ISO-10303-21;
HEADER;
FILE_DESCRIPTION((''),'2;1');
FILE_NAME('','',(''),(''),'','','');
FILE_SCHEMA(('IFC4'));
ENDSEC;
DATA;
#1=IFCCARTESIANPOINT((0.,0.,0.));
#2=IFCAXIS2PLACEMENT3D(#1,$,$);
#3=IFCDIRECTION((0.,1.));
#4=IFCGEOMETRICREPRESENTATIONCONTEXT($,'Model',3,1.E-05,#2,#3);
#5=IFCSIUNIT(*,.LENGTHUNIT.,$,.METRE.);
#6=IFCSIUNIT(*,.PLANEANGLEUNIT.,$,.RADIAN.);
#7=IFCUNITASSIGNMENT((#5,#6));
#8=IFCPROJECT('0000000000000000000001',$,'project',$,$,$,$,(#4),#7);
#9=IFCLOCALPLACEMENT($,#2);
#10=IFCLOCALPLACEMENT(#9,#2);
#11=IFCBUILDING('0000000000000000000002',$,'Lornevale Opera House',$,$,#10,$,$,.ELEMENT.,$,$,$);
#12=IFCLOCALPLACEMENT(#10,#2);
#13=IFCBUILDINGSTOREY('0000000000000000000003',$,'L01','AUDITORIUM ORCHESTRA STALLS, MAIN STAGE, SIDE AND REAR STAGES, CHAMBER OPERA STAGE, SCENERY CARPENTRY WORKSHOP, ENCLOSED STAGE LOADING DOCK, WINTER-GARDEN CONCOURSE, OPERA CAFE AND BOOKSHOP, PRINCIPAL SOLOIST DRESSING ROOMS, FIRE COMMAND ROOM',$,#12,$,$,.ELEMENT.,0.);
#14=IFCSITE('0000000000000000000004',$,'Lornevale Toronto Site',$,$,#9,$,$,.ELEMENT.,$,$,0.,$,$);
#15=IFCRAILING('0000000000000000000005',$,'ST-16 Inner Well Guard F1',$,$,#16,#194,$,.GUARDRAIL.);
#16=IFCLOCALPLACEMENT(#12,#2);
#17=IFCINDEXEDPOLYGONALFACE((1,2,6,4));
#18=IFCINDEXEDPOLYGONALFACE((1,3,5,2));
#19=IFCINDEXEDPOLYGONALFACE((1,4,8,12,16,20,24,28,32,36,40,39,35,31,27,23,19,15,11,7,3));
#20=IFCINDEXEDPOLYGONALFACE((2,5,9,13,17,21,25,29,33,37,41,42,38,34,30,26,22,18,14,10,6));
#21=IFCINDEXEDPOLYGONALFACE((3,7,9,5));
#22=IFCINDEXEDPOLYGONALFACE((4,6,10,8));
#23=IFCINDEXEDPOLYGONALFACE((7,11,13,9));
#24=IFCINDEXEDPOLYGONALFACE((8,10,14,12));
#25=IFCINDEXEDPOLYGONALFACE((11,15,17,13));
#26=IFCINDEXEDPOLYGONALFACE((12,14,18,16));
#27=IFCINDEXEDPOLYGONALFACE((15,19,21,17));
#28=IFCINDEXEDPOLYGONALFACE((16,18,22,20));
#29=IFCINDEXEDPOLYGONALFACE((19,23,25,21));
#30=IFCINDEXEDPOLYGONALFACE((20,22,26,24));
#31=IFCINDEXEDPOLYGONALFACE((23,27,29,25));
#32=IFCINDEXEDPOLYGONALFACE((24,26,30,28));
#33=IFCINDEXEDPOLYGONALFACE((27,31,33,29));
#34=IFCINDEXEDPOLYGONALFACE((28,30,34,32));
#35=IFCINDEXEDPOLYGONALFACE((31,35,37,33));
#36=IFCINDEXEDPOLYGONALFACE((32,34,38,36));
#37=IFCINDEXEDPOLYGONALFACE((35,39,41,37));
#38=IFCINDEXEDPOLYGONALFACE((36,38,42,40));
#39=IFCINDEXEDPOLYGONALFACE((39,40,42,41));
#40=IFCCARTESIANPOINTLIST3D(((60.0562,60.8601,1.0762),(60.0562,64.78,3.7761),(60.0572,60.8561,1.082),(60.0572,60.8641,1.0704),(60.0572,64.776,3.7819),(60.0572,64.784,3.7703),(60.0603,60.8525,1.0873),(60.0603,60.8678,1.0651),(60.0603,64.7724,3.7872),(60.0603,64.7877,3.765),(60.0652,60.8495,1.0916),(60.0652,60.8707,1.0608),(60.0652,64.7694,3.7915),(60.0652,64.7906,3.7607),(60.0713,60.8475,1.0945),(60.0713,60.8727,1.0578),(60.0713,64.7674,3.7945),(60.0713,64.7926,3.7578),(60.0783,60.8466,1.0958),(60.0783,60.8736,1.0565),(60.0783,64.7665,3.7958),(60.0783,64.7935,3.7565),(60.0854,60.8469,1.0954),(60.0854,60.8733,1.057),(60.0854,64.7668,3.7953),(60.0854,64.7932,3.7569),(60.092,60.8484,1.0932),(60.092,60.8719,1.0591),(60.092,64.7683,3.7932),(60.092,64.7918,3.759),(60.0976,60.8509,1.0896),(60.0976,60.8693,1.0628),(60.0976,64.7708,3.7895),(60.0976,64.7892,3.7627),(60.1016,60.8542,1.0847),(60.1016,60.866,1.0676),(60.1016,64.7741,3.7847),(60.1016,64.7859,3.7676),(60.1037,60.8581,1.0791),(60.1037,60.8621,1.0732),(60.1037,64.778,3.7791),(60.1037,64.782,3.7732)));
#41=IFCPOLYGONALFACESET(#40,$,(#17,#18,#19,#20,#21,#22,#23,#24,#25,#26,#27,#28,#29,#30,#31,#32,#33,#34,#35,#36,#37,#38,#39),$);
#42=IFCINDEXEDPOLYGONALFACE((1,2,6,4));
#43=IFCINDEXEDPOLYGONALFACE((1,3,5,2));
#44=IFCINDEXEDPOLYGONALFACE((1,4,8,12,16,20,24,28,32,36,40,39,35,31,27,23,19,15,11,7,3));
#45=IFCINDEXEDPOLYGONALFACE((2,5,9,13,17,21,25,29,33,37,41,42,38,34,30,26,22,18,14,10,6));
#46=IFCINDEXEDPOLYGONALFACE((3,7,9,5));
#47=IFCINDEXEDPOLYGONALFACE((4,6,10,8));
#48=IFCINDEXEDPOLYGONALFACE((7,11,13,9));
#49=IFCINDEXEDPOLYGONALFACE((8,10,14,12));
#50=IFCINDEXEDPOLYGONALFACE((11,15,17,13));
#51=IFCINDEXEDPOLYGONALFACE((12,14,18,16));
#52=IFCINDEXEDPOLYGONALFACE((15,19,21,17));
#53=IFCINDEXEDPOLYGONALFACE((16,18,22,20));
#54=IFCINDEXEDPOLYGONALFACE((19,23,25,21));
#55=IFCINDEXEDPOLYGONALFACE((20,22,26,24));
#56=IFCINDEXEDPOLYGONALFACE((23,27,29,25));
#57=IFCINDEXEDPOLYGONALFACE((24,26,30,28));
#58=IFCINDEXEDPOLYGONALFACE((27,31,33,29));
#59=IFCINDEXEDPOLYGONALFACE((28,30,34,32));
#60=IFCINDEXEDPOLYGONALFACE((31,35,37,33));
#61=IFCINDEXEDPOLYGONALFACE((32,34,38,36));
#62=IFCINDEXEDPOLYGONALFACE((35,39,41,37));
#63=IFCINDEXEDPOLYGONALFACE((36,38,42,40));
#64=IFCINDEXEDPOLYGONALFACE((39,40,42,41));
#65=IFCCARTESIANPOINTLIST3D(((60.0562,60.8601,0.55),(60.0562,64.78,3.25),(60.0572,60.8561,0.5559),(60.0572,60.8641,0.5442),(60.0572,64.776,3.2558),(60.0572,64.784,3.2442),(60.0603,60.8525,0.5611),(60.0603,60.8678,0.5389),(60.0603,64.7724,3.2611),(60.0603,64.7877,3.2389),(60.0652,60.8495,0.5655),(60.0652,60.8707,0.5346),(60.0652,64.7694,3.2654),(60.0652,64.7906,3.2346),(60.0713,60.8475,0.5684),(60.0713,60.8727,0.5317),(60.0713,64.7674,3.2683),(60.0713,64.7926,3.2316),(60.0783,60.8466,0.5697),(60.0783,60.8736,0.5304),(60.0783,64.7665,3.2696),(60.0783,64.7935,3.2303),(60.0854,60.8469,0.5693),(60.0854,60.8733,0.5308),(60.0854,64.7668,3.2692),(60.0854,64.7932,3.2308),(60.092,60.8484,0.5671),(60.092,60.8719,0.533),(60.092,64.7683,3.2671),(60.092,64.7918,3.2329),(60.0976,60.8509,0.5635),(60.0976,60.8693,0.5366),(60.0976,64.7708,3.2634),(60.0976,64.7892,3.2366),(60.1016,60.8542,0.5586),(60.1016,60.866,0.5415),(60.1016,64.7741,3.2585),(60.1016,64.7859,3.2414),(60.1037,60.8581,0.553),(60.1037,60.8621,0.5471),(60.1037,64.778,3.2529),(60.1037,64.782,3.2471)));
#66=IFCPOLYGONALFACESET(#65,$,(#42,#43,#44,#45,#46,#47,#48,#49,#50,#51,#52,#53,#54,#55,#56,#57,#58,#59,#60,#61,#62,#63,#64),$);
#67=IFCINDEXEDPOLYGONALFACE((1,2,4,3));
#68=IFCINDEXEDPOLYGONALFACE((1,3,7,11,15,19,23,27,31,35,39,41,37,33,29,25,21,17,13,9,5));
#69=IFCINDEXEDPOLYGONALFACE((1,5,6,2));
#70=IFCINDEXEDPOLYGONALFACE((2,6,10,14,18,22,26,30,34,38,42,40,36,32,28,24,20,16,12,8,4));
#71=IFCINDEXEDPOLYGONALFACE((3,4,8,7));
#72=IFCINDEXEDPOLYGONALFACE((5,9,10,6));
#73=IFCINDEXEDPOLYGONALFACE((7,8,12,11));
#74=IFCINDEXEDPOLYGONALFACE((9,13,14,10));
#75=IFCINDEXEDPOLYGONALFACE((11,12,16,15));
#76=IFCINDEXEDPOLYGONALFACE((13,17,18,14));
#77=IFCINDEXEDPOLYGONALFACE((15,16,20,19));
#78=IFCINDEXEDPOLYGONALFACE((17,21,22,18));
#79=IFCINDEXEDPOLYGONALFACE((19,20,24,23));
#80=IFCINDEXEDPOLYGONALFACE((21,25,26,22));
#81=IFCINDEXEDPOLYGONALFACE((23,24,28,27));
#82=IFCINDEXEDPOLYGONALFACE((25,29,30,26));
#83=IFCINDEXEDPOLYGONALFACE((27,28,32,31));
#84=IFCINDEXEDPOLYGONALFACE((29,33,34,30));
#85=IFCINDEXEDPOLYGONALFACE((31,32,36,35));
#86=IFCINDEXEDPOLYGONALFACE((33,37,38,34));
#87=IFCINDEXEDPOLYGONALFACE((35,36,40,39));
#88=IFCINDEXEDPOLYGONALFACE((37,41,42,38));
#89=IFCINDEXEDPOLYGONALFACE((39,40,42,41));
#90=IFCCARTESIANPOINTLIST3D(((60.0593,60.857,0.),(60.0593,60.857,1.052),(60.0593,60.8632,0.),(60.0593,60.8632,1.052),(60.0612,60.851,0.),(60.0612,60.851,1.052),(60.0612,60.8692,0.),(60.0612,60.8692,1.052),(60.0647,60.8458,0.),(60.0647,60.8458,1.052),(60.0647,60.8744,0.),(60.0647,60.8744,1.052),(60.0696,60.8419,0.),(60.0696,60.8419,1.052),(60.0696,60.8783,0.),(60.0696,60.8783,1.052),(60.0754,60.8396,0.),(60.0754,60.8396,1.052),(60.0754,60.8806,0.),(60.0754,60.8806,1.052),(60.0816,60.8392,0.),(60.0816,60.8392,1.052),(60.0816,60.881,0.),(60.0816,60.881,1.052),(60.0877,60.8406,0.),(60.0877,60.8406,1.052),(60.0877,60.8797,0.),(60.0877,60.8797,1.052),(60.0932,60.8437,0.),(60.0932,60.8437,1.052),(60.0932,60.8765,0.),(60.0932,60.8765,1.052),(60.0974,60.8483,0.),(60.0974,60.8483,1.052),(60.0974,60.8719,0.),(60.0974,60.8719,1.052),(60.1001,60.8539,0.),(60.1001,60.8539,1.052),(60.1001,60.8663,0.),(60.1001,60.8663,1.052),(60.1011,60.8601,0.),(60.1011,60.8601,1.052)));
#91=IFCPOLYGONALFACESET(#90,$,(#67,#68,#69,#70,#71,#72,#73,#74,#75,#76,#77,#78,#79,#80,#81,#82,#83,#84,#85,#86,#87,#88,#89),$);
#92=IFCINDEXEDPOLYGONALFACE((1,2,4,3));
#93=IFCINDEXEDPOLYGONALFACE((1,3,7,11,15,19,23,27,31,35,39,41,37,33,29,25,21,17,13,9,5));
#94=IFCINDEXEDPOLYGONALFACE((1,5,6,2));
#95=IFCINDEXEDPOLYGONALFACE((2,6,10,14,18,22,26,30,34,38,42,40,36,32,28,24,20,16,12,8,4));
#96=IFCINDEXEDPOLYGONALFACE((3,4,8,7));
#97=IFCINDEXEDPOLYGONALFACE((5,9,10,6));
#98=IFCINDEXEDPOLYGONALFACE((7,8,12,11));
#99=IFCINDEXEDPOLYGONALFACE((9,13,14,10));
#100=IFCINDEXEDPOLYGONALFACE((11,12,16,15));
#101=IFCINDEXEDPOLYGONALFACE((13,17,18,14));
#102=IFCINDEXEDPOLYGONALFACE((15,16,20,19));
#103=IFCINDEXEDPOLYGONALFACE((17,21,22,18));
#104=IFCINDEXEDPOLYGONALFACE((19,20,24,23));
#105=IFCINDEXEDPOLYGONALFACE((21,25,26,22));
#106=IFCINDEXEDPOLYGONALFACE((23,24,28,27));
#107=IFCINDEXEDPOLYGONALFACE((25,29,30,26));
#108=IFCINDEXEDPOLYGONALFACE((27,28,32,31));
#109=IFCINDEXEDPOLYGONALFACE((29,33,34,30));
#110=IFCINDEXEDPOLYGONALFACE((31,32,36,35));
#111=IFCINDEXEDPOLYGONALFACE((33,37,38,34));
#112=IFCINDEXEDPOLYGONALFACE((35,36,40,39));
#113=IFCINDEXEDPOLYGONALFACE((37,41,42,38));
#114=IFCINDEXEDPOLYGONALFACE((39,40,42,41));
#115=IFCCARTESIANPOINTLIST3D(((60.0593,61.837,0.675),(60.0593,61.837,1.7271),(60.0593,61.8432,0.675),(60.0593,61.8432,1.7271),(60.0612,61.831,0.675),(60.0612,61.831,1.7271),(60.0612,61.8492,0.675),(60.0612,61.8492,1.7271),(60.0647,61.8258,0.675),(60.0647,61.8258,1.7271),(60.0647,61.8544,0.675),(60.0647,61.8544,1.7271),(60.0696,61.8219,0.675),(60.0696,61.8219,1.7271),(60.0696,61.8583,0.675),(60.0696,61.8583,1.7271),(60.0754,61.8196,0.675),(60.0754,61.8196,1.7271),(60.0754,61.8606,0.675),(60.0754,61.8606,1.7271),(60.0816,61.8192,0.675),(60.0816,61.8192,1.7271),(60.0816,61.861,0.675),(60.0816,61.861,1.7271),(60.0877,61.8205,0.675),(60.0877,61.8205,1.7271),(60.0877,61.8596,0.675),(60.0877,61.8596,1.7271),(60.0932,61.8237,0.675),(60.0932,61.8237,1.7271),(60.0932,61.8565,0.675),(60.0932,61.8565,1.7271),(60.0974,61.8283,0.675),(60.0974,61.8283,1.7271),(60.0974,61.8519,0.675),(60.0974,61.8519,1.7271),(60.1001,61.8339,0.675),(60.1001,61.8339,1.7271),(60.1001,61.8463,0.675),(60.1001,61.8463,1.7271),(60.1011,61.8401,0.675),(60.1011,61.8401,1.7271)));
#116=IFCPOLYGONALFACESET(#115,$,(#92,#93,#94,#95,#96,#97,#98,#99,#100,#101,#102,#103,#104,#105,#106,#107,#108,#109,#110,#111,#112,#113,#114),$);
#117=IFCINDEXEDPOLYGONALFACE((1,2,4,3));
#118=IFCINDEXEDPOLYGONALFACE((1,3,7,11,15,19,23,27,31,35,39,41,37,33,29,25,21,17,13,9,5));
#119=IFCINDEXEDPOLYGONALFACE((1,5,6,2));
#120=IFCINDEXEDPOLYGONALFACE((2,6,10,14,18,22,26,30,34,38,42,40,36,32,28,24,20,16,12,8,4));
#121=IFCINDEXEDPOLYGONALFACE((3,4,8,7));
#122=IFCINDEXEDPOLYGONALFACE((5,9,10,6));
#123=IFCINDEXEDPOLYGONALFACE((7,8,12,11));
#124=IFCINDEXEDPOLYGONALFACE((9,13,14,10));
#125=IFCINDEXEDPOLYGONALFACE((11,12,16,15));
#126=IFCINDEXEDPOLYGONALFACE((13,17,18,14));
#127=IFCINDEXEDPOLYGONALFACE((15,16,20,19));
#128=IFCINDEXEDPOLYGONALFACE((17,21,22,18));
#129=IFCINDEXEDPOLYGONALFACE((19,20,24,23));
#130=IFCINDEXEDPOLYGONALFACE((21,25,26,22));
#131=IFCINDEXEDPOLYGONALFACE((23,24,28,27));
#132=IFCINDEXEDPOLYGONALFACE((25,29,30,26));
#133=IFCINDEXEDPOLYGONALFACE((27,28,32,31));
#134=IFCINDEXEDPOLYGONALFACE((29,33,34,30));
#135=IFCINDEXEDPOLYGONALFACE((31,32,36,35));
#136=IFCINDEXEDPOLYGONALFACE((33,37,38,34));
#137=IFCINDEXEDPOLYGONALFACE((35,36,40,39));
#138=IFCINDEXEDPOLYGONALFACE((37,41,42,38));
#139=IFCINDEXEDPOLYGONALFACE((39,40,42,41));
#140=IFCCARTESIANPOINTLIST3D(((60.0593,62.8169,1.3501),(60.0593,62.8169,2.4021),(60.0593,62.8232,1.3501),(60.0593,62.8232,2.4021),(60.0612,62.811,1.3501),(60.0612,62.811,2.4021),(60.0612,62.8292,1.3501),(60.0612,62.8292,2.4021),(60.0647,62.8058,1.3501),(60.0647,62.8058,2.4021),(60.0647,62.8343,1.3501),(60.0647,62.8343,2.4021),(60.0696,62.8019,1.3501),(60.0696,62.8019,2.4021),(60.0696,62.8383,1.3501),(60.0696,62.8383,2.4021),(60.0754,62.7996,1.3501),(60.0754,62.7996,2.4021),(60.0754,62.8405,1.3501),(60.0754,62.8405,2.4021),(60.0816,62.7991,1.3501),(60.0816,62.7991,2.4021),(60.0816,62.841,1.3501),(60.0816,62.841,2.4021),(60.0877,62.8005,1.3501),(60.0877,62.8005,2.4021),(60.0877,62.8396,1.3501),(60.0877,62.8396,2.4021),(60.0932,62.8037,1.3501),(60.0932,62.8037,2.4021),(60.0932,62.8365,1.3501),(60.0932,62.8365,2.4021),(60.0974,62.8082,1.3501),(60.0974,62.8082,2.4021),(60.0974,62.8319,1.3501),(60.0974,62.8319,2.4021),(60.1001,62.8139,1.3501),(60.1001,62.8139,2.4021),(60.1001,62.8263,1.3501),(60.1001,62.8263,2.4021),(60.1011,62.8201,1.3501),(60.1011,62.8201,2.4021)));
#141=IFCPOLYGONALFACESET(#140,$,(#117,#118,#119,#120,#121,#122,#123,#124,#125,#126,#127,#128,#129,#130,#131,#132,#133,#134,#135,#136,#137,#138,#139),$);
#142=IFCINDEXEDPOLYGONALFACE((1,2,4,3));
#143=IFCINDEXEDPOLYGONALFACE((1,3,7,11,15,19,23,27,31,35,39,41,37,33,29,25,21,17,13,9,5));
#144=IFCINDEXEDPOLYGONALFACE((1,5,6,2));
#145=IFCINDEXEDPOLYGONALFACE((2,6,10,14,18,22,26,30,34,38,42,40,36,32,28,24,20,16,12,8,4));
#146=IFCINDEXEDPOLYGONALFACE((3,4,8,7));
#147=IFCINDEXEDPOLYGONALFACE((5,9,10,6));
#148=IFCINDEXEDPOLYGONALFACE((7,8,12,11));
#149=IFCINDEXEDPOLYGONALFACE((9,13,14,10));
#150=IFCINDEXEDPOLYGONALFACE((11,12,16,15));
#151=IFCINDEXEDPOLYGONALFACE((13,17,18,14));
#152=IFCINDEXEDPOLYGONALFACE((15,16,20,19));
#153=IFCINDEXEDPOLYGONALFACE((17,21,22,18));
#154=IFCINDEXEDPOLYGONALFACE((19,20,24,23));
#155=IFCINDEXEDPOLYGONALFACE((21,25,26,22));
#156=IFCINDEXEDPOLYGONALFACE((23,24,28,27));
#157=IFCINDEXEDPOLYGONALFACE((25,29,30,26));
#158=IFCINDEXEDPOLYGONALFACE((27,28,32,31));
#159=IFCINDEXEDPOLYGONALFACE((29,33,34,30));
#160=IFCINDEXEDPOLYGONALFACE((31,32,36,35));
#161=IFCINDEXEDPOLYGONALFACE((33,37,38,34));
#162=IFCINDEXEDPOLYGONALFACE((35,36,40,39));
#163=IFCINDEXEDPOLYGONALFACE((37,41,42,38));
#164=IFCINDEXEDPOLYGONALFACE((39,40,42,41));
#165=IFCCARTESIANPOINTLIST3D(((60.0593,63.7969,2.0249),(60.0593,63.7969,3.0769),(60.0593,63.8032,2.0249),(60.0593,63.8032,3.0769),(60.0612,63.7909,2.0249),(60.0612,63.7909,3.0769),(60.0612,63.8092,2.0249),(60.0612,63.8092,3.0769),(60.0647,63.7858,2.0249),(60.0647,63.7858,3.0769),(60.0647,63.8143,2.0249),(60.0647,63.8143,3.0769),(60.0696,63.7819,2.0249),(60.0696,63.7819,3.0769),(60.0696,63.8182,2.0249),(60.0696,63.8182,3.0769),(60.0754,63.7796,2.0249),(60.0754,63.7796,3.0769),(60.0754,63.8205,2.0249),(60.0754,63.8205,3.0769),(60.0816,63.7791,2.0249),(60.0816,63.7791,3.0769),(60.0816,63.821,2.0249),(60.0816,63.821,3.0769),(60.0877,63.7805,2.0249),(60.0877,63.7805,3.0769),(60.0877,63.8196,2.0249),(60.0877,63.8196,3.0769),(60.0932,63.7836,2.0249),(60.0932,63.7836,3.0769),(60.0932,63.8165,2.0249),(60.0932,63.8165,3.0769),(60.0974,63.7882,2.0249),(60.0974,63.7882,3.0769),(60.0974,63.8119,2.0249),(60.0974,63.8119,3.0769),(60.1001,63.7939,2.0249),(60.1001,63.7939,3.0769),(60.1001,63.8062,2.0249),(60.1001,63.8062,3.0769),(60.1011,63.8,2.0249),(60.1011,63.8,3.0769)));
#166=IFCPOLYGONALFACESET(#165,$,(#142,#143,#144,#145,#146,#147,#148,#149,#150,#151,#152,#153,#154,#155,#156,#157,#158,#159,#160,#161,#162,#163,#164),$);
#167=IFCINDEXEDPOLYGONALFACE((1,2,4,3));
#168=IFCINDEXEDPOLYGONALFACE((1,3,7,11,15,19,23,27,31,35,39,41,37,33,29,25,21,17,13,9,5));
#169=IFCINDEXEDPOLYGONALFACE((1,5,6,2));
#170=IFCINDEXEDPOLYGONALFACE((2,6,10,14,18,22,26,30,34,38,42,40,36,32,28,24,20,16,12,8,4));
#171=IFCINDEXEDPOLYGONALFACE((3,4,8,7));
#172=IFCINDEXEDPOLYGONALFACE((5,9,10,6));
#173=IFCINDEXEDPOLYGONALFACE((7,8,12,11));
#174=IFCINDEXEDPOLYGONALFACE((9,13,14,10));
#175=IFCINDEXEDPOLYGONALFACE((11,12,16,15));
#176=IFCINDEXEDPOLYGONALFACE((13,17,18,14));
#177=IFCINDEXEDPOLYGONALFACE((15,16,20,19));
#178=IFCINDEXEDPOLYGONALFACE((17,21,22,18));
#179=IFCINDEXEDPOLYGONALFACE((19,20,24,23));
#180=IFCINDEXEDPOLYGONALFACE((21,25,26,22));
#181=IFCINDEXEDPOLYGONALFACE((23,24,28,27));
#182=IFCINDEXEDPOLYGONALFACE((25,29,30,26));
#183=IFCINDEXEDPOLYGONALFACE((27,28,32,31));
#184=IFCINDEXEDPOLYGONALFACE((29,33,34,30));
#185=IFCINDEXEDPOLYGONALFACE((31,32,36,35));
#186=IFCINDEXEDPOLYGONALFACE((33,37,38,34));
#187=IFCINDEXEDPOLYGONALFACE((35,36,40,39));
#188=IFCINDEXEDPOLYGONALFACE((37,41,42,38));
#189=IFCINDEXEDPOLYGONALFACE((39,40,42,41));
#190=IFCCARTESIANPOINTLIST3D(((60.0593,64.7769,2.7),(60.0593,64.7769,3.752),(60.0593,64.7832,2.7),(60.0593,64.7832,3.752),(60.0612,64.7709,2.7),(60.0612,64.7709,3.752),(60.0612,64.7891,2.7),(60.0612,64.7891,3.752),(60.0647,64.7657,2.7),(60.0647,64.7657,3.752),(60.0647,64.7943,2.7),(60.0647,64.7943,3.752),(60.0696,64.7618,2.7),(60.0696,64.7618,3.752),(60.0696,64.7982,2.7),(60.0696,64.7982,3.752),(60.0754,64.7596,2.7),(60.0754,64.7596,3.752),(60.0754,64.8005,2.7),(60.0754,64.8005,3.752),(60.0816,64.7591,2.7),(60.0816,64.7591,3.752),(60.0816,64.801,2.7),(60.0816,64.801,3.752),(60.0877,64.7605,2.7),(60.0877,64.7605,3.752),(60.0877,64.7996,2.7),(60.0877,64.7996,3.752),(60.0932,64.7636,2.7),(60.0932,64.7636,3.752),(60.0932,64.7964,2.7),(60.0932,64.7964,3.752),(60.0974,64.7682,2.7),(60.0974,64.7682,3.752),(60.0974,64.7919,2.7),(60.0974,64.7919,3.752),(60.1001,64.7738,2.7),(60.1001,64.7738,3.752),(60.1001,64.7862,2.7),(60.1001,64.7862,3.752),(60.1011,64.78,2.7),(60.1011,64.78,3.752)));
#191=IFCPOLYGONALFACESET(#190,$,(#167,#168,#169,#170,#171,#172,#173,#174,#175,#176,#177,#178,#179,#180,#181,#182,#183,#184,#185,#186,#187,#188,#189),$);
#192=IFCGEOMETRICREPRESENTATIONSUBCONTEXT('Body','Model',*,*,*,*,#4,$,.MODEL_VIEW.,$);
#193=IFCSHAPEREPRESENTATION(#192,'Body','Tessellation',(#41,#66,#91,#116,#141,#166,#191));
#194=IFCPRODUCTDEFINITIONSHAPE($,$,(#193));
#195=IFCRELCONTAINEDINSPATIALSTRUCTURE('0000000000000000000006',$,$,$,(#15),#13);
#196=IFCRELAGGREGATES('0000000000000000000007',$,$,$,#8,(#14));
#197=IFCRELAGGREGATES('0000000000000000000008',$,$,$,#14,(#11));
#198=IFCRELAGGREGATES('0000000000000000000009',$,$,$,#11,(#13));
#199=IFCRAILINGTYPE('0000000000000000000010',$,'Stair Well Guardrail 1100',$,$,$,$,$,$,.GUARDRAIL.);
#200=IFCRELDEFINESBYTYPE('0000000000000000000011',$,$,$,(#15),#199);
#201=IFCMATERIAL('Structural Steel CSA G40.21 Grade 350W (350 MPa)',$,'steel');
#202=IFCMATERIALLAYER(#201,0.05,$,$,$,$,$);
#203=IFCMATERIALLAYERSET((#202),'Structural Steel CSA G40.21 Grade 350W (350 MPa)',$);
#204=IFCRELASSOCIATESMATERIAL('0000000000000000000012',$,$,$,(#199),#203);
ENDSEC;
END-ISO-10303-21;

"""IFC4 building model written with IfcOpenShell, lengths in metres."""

from ifc_helpers import new_model, si_unit, direction, frame, origin, origin_2d, place, context, subcontext, project, spatial, circle, extrude, material, layer, layer_set, type_object, element, save


model = new_model("IFC4")

# Units and contexts
model_context = context("Model", 3, precision=1e-05, world=origin(), true_north=direction((0.0, 1.0)))
body_context = subcontext(model_context, "Body", "Model", "MODEL_VIEW")
ifc_project = project(units=[si_unit("LENGTHUNIT", "METRE"), si_unit("PLANEANGLEUNIT", "RADIAN")], contexts=[model_context])

# Site, building, storey
site_placement = place(None, origin())
site = spatial("IfcSite", under=ifc_project, at=site_placement, Name="Lornevale Toronto Site", CompositionType="ELEMENT", RefElevation=0.0)
building_placement = place(site_placement, origin())
building = spatial("IfcBuilding", under=site, at=building_placement, Name="Lornevale Opera House", CompositionType="ELEMENT")
storey_placement = place(building_placement, origin())
storey = spatial("IfcBuildingStorey", under=building, at=storey_placement, Name="L01", Description="AUDITORIUM ORCHESTRA STALLS, MAIN STAGE, SIDE AND REAR STAGES, CHAMBER OPERA STAGE, SCENERY CARPENTRY WORKSHOP, ENCLOSED STAGE LOADING DOCK, WINTER-GARDEN CONCOURSE, OPERA CAFE AND BOOKSHOP, PRINCIPAL SOLOIST DRESSING ROOMS, FIRE COMMAND ROOM", CompositionType="ELEMENT", Elevation=0.0)

# Railing
ifc_material_1 = material(Name="Structural Steel CSA G40.21 Grade 350W (350 MPa)", Category="steel")
ifc_layer_1 = layer(ifc_material_1, 0.05)
ifc_layer_set_1 = layer_set([ifc_layer_1], Name="Structural Steel CSA G40.21 Grade 350W (350 MPa)")
railing_type_1 = type_object("IfcRailingType", Name="Stair Well Guardrail 1100", PredefinedType="GUARDRAIL", material=ifc_layer_set_1)
railing_1_placement = place(storey_placement, frame((60.0801, 60.8601, 0.0)))
element("IfcRailing", 1, at=railing_1_placement, inside=storey, type_object=railing_type_1, Name="ST-16 Inner Well Guard F1", PredefinedType="GUARDRAIL", context=body_context, shape_type="SweptSolid", body=[
    extrude(circle(Radius=0.0239, at=origin_2d()), frame((0.0, 0.0, 1.0762), z_axis=(0.0, 0.823551, 0.567243), x_axis=(-1.0, 0.0, 0.0)), (0.0, 0.0, 1.0), 4.7598),
    extrude(circle(Radius=0.0239, at=origin_2d()), frame((0.0, 0.0, 0.55), z_axis=(0.0, 0.823551, 0.567243), x_axis=(-1.0, 0.0, 0.0)), (0.0, 0.0, 1.0), 4.7598),
    extrude(circle(Radius=0.021, at=origin_2d()), origin(), (0.0, 0.0, 1.0), 1.052),
    extrude(circle(Radius=0.021, at=origin_2d()), frame((0.0, 0.98, 0.675)), (0.0, 0.0, 1.0), 1.052),
    extrude(circle(Radius=0.021, at=origin_2d()), frame((0.0, 1.96, 1.3501)), (0.0, 0.0, 1.0), 1.052),
    extrude(circle(Radius=0.021, at=origin_2d()), frame((0.0, 2.9399, 2.0249)), (0.0, 0.0, 1.0), 1.052),
    extrude(circle(Radius=0.021, at=origin_2d()), frame((0.0, 3.9199, 2.7)), (0.0, 0.0, 1.0), 1.052),
])

save(model, "model.ifc")
